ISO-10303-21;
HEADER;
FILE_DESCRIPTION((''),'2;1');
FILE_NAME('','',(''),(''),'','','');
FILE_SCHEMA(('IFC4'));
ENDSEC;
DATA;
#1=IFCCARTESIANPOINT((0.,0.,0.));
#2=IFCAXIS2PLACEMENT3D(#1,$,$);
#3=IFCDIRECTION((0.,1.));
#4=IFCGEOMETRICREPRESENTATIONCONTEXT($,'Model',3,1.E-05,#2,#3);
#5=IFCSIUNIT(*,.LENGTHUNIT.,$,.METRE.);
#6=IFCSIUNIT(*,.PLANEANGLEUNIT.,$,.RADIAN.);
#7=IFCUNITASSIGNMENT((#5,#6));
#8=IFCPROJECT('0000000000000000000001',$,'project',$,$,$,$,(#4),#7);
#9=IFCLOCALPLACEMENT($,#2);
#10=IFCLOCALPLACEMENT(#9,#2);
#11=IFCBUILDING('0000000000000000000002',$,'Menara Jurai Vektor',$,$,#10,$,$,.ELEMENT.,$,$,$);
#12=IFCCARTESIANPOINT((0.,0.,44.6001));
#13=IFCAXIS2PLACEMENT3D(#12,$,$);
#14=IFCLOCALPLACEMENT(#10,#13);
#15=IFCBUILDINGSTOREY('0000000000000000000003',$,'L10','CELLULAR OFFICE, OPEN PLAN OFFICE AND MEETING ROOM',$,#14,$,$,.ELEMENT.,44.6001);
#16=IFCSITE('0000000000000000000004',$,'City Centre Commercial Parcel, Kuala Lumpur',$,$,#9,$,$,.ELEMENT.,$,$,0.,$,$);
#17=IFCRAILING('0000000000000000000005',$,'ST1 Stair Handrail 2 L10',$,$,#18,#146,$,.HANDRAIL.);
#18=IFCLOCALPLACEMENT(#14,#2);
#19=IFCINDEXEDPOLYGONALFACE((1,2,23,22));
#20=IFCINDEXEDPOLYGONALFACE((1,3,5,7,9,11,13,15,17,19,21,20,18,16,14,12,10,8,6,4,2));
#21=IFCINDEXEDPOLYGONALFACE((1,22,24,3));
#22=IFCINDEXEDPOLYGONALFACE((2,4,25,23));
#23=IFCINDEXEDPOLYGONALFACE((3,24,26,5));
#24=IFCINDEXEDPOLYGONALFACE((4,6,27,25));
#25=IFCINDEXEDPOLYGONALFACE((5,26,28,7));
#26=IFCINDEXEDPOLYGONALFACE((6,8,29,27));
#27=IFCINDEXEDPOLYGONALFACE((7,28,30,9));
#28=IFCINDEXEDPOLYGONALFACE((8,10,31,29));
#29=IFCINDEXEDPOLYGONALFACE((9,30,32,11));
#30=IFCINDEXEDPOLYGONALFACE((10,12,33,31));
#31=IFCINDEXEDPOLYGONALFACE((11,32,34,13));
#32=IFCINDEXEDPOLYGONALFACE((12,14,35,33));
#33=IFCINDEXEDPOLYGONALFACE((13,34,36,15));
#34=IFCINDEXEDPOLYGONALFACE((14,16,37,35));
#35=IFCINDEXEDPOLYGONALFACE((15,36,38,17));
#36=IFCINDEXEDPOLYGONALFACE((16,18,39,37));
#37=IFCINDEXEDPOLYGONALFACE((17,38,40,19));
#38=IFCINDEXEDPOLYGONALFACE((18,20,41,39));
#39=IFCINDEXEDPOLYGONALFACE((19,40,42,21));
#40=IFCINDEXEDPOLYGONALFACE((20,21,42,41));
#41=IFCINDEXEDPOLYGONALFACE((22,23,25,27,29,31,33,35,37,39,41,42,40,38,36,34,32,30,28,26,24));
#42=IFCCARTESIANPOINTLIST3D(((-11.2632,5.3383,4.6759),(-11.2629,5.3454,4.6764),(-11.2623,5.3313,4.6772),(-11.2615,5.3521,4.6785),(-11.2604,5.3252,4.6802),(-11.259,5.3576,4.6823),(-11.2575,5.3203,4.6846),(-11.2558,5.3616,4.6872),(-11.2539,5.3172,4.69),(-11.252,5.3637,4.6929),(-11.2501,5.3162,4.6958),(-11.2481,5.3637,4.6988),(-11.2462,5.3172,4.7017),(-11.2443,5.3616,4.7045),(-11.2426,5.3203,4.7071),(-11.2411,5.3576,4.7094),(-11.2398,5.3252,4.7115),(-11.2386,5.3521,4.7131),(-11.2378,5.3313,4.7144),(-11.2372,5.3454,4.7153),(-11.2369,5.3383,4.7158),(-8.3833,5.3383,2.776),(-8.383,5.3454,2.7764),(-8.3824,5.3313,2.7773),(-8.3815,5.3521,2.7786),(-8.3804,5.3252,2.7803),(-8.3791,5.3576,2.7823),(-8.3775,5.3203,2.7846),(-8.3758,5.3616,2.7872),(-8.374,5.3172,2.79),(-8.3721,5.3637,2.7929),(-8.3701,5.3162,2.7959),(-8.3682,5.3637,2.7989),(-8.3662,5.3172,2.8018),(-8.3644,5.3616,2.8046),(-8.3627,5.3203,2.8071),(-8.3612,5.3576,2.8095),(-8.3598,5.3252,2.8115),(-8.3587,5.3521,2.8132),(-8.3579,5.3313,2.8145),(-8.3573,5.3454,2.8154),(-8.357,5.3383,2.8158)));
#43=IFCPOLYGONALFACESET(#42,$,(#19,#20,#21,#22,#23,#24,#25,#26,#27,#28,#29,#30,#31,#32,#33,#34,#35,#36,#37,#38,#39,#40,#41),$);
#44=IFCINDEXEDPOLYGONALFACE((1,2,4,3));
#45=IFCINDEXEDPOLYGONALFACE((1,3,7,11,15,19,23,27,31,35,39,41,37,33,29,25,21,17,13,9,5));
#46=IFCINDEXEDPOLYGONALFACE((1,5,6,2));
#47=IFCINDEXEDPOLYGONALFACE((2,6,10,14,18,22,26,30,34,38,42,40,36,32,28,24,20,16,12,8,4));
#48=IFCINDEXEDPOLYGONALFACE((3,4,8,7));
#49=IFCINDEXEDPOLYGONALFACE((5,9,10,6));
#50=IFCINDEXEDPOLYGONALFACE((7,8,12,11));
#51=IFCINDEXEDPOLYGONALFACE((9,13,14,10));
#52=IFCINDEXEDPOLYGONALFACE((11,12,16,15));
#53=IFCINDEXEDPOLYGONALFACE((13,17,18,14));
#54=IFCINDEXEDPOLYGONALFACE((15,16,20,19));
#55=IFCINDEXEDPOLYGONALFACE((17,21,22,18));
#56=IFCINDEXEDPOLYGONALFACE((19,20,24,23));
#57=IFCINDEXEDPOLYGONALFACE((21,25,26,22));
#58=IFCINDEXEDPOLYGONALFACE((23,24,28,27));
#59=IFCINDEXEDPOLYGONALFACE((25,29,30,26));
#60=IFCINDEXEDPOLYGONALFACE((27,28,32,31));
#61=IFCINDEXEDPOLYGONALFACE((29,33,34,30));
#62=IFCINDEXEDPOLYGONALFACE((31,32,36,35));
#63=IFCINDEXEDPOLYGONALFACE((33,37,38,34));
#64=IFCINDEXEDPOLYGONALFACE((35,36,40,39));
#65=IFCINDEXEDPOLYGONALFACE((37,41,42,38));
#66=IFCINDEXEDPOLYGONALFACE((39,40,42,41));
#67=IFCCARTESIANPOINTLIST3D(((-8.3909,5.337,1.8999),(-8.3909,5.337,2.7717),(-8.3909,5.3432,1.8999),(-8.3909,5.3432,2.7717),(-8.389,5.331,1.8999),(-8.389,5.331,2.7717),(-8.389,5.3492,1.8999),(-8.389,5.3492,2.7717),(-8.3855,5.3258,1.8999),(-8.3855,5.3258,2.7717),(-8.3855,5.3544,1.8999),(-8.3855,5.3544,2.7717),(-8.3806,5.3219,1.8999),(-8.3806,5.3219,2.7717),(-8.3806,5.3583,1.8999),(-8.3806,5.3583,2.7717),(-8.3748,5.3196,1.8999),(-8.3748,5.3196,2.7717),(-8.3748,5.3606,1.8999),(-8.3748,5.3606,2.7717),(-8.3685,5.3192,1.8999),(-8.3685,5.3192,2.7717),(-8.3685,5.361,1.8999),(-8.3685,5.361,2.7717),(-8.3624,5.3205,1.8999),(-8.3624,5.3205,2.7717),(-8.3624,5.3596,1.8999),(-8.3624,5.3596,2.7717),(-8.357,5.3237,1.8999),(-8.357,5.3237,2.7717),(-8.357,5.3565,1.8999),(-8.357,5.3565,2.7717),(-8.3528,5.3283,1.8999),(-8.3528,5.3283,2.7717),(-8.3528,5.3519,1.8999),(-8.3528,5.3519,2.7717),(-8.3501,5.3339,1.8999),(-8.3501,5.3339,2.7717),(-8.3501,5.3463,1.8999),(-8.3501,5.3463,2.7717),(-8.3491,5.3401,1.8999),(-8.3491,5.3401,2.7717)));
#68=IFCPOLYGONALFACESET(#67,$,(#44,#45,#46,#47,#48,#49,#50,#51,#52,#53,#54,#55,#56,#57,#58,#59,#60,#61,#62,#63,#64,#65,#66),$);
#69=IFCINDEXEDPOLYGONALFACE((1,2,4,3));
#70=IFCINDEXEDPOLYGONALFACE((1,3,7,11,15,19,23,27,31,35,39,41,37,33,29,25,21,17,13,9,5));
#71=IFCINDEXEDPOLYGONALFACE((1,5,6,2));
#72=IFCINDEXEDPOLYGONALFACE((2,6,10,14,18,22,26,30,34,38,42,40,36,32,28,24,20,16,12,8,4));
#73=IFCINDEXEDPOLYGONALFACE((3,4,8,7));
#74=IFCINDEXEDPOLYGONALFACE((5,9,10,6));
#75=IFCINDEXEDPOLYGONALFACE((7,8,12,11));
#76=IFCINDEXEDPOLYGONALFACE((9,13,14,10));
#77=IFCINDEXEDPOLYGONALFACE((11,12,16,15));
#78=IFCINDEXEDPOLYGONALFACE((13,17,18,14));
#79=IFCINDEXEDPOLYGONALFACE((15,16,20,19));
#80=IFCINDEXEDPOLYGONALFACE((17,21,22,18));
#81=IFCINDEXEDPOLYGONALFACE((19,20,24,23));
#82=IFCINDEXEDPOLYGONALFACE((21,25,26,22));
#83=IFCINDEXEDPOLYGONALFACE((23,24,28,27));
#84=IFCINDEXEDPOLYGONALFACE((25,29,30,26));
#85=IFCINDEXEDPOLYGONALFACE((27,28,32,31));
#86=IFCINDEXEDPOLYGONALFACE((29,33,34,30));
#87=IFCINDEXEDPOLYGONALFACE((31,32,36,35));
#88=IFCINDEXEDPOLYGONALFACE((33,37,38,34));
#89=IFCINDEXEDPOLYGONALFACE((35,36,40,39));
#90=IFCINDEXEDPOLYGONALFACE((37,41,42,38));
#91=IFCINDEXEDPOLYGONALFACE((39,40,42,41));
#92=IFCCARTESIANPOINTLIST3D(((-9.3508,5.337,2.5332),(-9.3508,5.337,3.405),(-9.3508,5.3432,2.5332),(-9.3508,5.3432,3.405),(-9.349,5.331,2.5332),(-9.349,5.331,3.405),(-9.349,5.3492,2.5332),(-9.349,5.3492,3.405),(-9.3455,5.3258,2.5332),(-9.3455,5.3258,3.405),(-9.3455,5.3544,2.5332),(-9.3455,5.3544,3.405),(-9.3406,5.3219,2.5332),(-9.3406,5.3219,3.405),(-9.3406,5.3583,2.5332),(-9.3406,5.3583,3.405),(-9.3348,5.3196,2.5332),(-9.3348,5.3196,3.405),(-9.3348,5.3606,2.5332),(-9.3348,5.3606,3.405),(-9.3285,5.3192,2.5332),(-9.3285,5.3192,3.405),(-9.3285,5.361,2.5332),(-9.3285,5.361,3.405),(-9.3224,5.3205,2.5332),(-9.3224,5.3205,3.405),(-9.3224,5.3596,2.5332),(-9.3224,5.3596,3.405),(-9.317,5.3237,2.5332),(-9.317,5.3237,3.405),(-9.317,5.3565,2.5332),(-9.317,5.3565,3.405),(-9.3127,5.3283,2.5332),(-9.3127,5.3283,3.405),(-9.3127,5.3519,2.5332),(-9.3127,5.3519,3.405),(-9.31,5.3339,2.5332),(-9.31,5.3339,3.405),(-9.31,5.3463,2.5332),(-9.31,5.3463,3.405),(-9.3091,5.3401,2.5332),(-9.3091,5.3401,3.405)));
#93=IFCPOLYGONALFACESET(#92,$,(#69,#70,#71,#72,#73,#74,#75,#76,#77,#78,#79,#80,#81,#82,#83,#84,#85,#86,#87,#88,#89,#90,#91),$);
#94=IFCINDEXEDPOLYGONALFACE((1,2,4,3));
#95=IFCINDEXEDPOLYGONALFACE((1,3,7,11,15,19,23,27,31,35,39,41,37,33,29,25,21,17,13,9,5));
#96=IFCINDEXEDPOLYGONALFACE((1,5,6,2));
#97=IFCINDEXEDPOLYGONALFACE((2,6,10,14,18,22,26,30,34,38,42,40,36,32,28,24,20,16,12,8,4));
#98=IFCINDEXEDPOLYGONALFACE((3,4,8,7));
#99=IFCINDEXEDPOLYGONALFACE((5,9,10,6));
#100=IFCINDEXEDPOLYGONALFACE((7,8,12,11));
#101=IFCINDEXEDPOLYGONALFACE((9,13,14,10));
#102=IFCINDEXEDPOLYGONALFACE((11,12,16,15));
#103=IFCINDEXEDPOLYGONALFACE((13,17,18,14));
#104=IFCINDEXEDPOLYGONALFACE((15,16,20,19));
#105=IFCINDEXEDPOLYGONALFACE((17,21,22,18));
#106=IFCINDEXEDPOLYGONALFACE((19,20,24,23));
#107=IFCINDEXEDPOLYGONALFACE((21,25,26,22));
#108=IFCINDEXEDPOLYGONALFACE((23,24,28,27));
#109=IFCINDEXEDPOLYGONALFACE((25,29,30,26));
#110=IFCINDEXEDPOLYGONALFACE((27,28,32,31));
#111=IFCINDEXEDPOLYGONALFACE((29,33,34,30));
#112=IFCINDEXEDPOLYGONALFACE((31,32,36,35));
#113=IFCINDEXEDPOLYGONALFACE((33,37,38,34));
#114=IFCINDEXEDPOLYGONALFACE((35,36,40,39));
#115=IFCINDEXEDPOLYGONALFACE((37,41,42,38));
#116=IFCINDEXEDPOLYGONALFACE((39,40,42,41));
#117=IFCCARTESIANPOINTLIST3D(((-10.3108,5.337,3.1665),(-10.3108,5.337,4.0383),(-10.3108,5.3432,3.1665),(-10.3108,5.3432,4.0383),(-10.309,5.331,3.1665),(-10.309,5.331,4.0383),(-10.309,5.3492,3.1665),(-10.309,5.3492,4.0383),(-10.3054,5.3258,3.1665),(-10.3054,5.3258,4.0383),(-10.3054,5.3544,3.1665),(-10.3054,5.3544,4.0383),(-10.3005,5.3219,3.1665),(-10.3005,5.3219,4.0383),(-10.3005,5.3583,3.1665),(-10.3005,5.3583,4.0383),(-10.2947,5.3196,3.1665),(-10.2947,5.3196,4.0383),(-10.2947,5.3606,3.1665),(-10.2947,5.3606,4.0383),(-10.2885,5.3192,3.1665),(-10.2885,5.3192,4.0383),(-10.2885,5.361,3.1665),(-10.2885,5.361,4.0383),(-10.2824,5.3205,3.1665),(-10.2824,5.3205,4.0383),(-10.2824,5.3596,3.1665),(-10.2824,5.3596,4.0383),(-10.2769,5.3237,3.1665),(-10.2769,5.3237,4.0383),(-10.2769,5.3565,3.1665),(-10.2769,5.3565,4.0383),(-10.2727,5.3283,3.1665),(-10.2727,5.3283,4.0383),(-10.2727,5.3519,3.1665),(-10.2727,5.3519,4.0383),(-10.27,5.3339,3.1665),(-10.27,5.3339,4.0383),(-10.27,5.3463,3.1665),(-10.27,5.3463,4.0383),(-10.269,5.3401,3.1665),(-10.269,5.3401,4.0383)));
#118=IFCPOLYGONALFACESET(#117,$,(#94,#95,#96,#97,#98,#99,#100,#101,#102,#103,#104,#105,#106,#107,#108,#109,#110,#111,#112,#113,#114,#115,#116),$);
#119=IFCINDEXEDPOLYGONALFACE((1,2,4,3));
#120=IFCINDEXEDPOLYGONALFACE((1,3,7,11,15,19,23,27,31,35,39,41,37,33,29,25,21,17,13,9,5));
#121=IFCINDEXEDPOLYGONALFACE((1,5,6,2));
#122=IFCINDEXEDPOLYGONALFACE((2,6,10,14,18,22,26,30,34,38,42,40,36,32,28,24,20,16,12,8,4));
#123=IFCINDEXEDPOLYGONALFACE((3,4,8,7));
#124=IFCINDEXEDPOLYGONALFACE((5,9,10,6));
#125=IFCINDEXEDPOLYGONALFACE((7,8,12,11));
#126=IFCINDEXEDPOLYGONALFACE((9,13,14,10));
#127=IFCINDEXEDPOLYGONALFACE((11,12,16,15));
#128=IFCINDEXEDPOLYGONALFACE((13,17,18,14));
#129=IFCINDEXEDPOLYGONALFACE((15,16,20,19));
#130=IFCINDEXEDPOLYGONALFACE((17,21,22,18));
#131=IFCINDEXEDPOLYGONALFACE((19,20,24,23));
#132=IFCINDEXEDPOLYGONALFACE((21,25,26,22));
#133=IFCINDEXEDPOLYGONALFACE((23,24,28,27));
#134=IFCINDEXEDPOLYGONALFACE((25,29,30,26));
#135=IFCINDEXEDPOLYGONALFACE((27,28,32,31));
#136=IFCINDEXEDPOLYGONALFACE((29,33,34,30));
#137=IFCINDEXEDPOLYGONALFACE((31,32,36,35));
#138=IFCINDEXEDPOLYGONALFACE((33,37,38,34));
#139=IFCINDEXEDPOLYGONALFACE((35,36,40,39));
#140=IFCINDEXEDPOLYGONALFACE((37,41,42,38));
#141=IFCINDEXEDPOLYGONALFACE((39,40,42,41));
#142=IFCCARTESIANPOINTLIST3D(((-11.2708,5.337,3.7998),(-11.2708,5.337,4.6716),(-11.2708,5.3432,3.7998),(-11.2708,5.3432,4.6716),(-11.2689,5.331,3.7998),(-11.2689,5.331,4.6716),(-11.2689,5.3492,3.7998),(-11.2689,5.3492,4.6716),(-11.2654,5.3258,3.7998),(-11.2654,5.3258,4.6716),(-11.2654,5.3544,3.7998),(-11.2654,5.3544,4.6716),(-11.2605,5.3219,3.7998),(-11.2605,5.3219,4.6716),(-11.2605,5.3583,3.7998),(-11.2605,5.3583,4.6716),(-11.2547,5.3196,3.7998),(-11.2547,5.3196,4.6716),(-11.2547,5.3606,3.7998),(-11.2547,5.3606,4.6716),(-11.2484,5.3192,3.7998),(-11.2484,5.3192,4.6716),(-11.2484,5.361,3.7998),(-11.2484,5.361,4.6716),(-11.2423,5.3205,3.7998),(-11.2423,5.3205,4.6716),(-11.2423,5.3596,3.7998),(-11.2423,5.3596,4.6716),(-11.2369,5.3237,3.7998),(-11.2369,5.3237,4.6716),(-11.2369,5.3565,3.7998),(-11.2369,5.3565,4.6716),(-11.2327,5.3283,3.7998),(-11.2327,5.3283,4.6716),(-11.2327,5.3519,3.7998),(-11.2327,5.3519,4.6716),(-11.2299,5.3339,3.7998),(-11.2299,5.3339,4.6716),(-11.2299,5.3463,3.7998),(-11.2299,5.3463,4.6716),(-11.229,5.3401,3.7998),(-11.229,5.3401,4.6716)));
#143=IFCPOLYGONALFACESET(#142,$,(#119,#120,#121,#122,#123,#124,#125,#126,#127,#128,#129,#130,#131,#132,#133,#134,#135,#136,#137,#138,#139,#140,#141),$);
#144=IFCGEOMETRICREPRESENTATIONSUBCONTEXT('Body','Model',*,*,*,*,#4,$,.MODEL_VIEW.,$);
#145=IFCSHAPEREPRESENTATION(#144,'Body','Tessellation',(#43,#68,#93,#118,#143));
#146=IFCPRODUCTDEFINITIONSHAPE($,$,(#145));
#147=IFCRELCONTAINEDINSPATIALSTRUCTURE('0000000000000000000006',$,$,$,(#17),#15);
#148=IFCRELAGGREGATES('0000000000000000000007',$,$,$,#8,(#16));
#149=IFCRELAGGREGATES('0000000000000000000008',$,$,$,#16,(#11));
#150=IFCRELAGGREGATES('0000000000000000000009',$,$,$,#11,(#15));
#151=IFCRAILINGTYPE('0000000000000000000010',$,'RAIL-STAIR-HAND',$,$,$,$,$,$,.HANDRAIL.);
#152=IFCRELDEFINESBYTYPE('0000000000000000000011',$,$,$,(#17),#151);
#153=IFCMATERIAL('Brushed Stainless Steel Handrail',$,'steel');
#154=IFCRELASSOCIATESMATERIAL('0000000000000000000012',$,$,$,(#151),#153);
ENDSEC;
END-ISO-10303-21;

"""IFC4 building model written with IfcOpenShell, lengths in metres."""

from ifc_helpers import new_model, si_unit, direction, frame, origin, origin_2d, place, context, subcontext, project, spatial, circle, extrude, material, type_object, element, save


model = new_model("IFC4")

# Units and contexts
model_context = context("Model", 3, precision=1e-05, world=origin(), true_north=direction((0.0, 1.0)))
body_context = subcontext(model_context, "Body", "Model", "MODEL_VIEW")
ifc_project = project(units=[si_unit("LENGTHUNIT", "METRE"), si_unit("PLANEANGLEUNIT", "RADIAN")], contexts=[model_context])

# Site, building, storey
site_placement = place(None, origin())
site = spatial("IfcSite", under=ifc_project, at=site_placement, Name="City Centre Commercial Parcel, Kuala Lumpur", CompositionType="ELEMENT", RefElevation=0.0)
building_placement = place(site_placement, origin())
building = spatial("IfcBuilding", under=site, at=building_placement, Name="Menara Jurai Vektor", CompositionType="ELEMENT")
storey_placement = place(building_placement, frame((0.0, 0.0, 44.6001)))
storey = spatial("IfcBuildingStorey", under=building, at=storey_placement, Name="L10", Description="CELLULAR OFFICE, OPEN PLAN OFFICE AND MEETING ROOM", CompositionType="ELEMENT", Elevation=44.6001)

# Railing
ifc_material_1 = material(Name="Brushed Stainless Steel Handrail", Category="steel")
railing_type_1 = type_object("IfcRailingType", Name="RAIL-STAIR-HAND", PredefinedType="HANDRAIL", material=ifc_material_1)
railing_1_placement = place(storey_placement, frame((-8.3701, 5.3401, 1.8999)))
element("IfcRailing", 1, at=railing_1_placement, inside=storey, type_object=railing_type_1, Name="ST1 Stair Handrail 2 L10", PredefinedType="HANDRAIL", context=body_context, shape_type="SweptSolid", body=[
    extrude(circle(Radius=0.0239, at=origin_2d()), frame((0.0, 0.0, 0.896), z_axis=(-0.834719, 0.0, 0.550677), x_axis=(0.0, -1.0, 0.0)), (0.0, 0.0, 1.0), 3.4502),
    extrude(circle(Radius=0.021, at=origin_2d()), origin(), (0.0, 0.0, 1.0), 0.8718),
    extrude(circle(Radius=0.021, at=origin_2d()), frame((-0.96, 0.0, 0.6333)), (0.0, 0.0, 1.0), 0.8718),
    extrude(circle(Radius=0.021, at=origin_2d()), frame((-1.9199, 0.0, 1.2666)), (0.0, 0.0, 1.0), 0.8718),
    extrude(circle(Radius=0.021, at=origin_2d()), frame((-2.8799, 0.0, 1.8999)), (0.0, 0.0, 1.0), 0.8718),
])

save(model, "model.ifc")
